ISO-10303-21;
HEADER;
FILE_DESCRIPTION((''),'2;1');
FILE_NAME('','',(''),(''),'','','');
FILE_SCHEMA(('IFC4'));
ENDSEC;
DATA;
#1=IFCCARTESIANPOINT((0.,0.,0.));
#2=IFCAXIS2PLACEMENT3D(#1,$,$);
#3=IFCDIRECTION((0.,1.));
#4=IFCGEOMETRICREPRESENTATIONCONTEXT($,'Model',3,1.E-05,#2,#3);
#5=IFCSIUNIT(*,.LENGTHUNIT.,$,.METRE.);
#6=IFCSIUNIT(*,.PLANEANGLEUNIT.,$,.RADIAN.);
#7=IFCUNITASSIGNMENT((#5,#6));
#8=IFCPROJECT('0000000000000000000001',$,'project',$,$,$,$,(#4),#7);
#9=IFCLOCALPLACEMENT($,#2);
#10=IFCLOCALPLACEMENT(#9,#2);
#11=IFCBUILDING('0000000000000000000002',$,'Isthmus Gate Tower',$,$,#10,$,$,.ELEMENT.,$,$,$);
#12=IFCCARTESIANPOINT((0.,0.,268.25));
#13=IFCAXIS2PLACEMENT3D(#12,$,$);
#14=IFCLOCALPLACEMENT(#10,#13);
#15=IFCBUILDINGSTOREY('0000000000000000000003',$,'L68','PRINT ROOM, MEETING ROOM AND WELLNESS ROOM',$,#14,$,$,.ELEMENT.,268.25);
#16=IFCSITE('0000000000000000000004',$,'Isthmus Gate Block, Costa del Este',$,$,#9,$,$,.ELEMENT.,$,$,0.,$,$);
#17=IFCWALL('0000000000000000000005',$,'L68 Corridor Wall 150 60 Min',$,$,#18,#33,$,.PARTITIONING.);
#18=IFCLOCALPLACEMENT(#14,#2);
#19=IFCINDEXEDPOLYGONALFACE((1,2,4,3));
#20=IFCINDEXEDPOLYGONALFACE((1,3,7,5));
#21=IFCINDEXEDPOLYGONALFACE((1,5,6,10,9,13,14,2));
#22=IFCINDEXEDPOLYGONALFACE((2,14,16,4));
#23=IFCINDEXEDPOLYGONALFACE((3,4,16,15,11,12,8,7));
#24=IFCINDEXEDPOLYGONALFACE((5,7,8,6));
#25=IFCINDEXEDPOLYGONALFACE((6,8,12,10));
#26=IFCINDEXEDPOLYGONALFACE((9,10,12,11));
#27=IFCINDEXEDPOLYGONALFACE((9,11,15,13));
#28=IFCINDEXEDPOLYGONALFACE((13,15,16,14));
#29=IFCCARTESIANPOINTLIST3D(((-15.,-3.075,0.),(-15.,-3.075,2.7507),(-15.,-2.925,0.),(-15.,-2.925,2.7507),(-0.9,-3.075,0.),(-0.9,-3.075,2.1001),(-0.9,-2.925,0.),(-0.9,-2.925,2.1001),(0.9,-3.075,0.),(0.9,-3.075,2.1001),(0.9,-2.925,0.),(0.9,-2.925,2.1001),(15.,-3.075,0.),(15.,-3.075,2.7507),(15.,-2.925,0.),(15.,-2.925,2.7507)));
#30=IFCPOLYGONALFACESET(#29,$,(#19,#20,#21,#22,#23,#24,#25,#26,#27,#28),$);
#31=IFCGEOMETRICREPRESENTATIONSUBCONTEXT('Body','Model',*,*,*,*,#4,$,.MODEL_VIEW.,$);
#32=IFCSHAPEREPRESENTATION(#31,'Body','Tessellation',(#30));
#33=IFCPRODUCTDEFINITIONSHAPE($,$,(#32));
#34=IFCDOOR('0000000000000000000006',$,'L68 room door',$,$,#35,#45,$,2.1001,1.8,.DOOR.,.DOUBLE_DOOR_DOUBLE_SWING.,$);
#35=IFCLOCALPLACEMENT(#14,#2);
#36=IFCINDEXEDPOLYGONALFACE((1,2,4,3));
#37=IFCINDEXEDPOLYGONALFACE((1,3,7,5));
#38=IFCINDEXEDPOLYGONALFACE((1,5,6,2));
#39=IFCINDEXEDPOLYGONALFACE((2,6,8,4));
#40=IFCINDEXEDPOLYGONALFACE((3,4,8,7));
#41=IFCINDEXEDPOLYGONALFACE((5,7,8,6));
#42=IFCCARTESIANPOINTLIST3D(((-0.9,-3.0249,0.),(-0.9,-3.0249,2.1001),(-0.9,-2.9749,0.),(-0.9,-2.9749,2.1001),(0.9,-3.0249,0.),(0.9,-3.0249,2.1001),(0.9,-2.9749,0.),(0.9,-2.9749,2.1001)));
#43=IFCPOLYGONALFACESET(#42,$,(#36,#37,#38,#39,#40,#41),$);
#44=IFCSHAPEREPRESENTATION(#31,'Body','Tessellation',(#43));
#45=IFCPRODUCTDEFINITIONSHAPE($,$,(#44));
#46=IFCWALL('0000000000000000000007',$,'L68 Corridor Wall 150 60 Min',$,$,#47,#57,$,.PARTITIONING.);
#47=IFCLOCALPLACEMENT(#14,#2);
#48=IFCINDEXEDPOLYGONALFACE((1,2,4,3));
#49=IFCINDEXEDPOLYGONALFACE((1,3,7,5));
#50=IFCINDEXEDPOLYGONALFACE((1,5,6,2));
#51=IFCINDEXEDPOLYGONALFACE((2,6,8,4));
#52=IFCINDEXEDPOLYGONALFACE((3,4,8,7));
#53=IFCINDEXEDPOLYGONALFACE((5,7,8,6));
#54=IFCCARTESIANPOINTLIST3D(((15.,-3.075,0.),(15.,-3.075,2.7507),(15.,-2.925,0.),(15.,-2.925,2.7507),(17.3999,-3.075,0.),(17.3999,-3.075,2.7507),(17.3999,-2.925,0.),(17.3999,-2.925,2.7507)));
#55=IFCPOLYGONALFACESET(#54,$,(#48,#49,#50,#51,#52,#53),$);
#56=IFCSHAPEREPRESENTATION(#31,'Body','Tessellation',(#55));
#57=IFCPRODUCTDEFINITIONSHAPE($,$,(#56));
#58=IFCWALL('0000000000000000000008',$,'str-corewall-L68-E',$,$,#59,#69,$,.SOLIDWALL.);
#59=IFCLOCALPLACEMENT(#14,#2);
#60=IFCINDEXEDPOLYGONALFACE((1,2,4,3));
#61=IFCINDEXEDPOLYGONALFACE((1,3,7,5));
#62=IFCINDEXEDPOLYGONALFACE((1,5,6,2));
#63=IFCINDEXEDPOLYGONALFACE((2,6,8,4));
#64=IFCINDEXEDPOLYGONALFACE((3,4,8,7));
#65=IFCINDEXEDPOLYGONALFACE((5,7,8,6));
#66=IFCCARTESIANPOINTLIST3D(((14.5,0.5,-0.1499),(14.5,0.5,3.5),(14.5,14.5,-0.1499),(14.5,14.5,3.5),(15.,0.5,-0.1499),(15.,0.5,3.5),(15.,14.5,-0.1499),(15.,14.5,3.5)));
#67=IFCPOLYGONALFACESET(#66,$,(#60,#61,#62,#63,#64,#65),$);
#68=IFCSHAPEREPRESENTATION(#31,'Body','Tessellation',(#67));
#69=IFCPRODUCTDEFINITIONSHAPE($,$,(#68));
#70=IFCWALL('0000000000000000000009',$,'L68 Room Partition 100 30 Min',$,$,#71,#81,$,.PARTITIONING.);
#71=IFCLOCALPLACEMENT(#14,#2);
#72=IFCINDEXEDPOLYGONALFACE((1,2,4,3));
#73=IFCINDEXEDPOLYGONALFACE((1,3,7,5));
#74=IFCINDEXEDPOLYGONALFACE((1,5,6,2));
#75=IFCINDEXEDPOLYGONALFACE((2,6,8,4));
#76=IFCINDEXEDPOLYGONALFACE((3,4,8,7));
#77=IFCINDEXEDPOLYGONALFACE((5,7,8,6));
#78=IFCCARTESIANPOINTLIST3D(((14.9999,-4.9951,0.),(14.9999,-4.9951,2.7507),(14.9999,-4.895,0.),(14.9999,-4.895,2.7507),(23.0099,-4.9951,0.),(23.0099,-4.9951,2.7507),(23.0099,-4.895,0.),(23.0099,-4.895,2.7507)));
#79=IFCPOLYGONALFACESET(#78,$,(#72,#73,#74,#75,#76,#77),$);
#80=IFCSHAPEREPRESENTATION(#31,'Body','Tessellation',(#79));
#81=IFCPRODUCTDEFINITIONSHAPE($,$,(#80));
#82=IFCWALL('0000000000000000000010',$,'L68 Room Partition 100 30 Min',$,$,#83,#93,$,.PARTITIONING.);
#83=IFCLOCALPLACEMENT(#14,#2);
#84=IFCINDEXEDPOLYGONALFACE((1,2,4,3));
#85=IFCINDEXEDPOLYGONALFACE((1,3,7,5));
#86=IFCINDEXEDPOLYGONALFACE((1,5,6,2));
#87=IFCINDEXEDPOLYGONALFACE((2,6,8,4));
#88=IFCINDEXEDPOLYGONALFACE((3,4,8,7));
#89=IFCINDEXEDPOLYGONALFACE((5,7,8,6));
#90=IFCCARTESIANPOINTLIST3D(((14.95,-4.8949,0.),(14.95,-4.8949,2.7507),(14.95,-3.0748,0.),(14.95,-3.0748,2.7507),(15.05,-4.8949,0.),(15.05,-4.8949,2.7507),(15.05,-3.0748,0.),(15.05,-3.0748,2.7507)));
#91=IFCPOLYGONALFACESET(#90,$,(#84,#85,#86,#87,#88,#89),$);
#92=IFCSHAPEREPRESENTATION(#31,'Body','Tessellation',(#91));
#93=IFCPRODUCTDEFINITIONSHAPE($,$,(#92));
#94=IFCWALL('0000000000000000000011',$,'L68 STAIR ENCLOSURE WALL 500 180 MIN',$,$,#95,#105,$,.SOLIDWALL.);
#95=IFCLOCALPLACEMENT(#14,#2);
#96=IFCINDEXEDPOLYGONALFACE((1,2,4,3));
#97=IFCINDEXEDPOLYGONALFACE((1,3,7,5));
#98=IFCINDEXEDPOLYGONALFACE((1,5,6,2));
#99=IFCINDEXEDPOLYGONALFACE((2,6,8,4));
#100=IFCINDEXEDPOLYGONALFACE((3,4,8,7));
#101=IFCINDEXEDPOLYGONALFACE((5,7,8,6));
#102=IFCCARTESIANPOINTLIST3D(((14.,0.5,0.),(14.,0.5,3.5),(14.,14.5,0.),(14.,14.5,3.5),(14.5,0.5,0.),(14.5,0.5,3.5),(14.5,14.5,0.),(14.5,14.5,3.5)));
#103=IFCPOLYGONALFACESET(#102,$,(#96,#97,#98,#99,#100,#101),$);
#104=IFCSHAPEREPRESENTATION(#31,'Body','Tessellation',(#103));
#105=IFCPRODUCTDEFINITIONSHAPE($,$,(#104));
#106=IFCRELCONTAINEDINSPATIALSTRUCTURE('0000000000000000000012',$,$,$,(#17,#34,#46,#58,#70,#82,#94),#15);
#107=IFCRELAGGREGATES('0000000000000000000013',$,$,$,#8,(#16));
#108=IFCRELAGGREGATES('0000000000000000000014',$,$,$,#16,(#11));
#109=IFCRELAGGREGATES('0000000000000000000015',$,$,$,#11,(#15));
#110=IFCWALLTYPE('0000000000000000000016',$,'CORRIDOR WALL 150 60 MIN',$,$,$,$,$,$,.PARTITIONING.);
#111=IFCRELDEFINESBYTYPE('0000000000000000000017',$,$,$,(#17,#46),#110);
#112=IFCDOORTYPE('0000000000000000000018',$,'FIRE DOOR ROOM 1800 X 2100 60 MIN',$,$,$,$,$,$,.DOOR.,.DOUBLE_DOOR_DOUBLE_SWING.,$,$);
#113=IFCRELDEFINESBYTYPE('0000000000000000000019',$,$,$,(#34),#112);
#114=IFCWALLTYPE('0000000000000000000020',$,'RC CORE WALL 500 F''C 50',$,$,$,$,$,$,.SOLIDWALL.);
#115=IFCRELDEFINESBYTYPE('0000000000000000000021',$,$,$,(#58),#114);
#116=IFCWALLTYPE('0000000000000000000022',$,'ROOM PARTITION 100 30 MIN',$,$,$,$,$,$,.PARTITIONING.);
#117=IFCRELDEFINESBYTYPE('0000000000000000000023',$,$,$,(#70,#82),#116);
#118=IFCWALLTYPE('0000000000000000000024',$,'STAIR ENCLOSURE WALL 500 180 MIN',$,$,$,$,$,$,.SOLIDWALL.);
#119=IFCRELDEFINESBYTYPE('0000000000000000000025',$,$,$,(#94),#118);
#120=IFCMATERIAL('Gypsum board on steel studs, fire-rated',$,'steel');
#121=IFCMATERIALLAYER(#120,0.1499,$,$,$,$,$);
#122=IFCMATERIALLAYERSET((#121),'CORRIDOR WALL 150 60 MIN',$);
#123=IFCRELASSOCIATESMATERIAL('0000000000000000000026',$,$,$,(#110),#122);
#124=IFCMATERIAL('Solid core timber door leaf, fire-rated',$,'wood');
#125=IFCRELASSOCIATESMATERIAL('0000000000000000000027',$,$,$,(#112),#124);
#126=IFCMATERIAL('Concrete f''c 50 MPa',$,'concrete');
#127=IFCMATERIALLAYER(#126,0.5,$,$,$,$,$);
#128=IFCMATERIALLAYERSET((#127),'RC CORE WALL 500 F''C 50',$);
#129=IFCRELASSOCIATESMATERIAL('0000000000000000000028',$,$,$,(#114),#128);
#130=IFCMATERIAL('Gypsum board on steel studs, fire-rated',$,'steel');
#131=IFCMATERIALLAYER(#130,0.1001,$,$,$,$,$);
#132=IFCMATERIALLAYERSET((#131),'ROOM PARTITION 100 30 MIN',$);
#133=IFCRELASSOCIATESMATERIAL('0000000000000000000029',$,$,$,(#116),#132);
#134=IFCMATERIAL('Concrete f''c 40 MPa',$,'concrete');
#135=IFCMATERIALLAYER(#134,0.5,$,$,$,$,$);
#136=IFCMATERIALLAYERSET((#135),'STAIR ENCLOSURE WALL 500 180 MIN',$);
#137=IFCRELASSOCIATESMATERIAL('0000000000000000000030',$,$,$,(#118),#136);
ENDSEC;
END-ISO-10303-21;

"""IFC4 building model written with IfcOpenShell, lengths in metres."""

from ifc_helpers import new_model, si_unit, direction, frame, frame_2d, origin, place, context, subcontext, project, spatial, rectangle, extrude, material, layer, layer_set, type_object, element, fill, save


model = new_model("IFC4")

# Units and contexts
model_context = context("Model", 3, precision=1e-05, world=origin(), true_north=direction((0.0, 1.0)))
body_context = subcontext(model_context, "Body", "Model", "MODEL_VIEW")
ifc_project = project(units=[si_unit("LENGTHUNIT", "METRE"), si_unit("PLANEANGLEUNIT", "RADIAN")], contexts=[model_context])

# Site, building, storey
site_placement = place(None, origin())
site = spatial("IfcSite", under=ifc_project, at=site_placement, Name="Isthmus Gate Block, Costa del Este", CompositionType="ELEMENT", RefElevation=0.0)
building_placement = place(site_placement, origin())
building = spatial("IfcBuilding", under=site, at=building_placement, Name="Isthmus Gate Tower", CompositionType="ELEMENT")
storey_placement = place(building_placement, frame((0.0, 0.0, 268.25)))
storey = spatial("IfcBuildingStorey", under=building, at=storey_placement, Name="L68", Description="PRINT ROOM, MEETING ROOM AND WELLNESS ROOM", CompositionType="ELEMENT", Elevation=268.25)

# Wall, opening, door
ifc_material_1 = material(Name="Gypsum board on steel studs, fire-rated", Category="steel")
ifc_layer_1 = layer(ifc_material_1, 0.1499)
ifc_layer_set_1 = layer_set([ifc_layer_1], Name="CORRIDOR WALL 150 60 MIN")
wall_type_1 = type_object("IfcWallType", Name="CORRIDOR WALL 150 60 MIN", PredefinedType="PARTITIONING", material=ifc_layer_set_1)
wall_1_placement = place(storey_placement, frame((15.0, -3.0, 0.0), z_axis=(0.0, 0.0, 1.0), x_axis=(-1.0, 0.0, 0.0)))
wall_1 = element("IfcWall", 1, at=wall_1_placement, inside=storey, type_object=wall_type_1, Name="L68 Corridor Wall 150 60 Min", PredefinedType="PARTITIONING", context=body_context, shape_type="SweptSolid", body=[
    extrude(rectangle(XDim=30.0, YDim=0.1499, at=frame_2d((15.0, 0.0))), origin(), (0.0, 0.0, 1.0), 2.7507),
])
opening_placement = place(wall_1_placement, frame((14.1001, 0.0, 0.0)))
opening = element("IfcOpeningElement", 2, at=opening_placement, cuts=wall_1, PredefinedType="OPENING", context=body_context, shape_type="SweptSolid", body=[
    extrude(rectangle(XDim=1.8, YDim=2.1001, at=frame_2d((0.8999, 1.05))), frame((0.0, 0.085, 0.0), z_axis=(0.0, -1.0, 0.0), x_axis=(1.0, 0.0, 0.0)), (0.0, 0.0, 1.0), 0.1699),
])
ifc_material_2 = material(Name="Solid core timber door leaf, fire-rated", Category="wood")
door_type = type_object("IfcDoorType", Name="FIRE DOOR ROOM 1800 X 2100 60 MIN", OperationType="DOUBLE_DOOR_DOUBLE_SWING", PredefinedType="DOOR", material=ifc_material_2)
door_placement = place(opening_placement, origin())
door = element("IfcDoor", 3, at=door_placement, inside=storey, type_object=door_type, Name="L68 room door", OperationType="DOUBLE_DOOR_DOUBLE_SWING", OverallHeight=2.1001, OverallWidth=1.8, PredefinedType="DOOR", context=body_context, shape_type="SweptSolid", body=[
    extrude(rectangle(XDim=1.8, YDim=2.1001, at=frame_2d((0.8999, 1.05))), frame((0.0, 0.0249, 0.0), z_axis=(0.0, -1.0, 0.0), x_axis=(1.0, 0.0, 0.0)), (0.0, 0.0, 1.0), 0.05),
])
fill(opening, door)

# Walls
wall_2_placement = place(storey_placement, frame((17.3999, -3.0, 0.0), z_axis=(0.0, 0.0, 1.0), x_axis=(-1.0, 0.0, 0.0)))
element("IfcWall", 4, at=wall_2_placement, inside=storey, type_object=wall_type_1, Name="L68 Corridor Wall 150 60 Min", PredefinedType="PARTITIONING", context=body_context, shape_type="SweptSolid", body=[
    extrude(rectangle(XDim=2.3999, YDim=0.1499, at=frame_2d((1.2, 0.0))), origin(), (0.0, 0.0, 1.0), 2.7507),
])
ifc_material_3 = material(Name="Concrete f'c 50 MPa", Category="concrete")
ifc_layer_2 = layer(ifc_material_3, 0.5)
ifc_layer_set_2 = layer_set([ifc_layer_2], Name="RC CORE WALL 500 F'C 50")
wall_type_2 = type_object("IfcWallType", Name="RC CORE WALL 500 F'C 50", PredefinedType="SOLIDWALL", material=ifc_layer_set_2)
wall_3_placement = place(storey_placement, frame((14.75, 0.5, -0.1499), z_axis=(0.0, 0.0, 1.0), x_axis=(0.0, 1.0, 0.0)))
element("IfcWall", 5, at=wall_3_placement, inside=storey, type_object=wall_type_2, Name="str-corewall-L68-E", PredefinedType="SOLIDWALL", context=body_context, shape_type="SweptSolid", body=[
    extrude(rectangle(XDim=14.0, YDim=0.5, at=frame_2d((7.0, 0.0))), origin(), (0.0, 0.0, 1.0), 3.6499),
])
ifc_material_4 = material(Name="Gypsum board on steel studs, fire-rated", Category="steel")
ifc_layer_3 = layer(ifc_material_4, 0.1001)
ifc_layer_set_3 = layer_set([ifc_layer_3], Name="ROOM PARTITION 100 30 MIN")
wall_type_3 = type_object("IfcWallType", Name="ROOM PARTITION 100 30 MIN", PredefinedType="PARTITIONING", material=ifc_layer_set_3)
wall_4_placement = place(storey_placement, frame((15.0, -4.9451, 0.0), z_axis=(0.0, 0.0, 1.0), x_axis=(1.0, 0.0, 0.0)))
element("IfcWall", 6, at=wall_4_placement, inside=storey, type_object=wall_type_3, Name="L68 Room Partition 100 30 Min", PredefinedType="PARTITIONING", context=body_context, shape_type="SweptSolid", body=[
    extrude(rectangle(XDim=8.01, YDim=0.1001, at=frame_2d((4.0049, 0.0))), origin(), (0.0, 0.0, 1.0), 2.7507),
])
wall_5_placement = place(storey_placement, frame((15.0, -4.895, 0.0), z_axis=(0.0, 0.0, 1.0), x_axis=(0.0, 1.0, 0.0)))
element("IfcWall", 7, at=wall_5_placement, inside=storey, type_object=wall_type_3, Name="L68 Room Partition 100 30 Min", PredefinedType="PARTITIONING", context=body_context, shape_type="SweptSolid", body=[
    extrude(rectangle(XDim=1.8201, YDim=0.1001, at=frame_2d((0.9102, 0.0))), origin(), (0.0, 0.0, 1.0), 2.7507),
])
ifc_material_5 = material(Name="Concrete f'c 40 MPa", Category="concrete")
ifc_layer_4 = layer(ifc_material_5, 0.5)
ifc_layer_set_4 = layer_set([ifc_layer_4], Name="STAIR ENCLOSURE WALL 500 180 MIN")
wall_type_4 = type_object("IfcWallType", Name="STAIR ENCLOSURE WALL 500 180 MIN", PredefinedType="SOLIDWALL", material=ifc_layer_set_4)
wall_6_placement = place(storey_placement, frame((14.25, 0.5, 0.0), z_axis=(0.0, 0.0, 1.0), x_axis=(0.0, 1.0, 0.0)))
element("IfcWall", 8, at=wall_6_placement, inside=storey, type_object=wall_type_4, Name="L68 STAIR ENCLOSURE WALL 500 180 MIN", PredefinedType="SOLIDWALL", context=body_context, shape_type="SweptSolid", body=[
    extrude(rectangle(XDim=14.0, YDim=0.5, at=frame_2d((7.0, 0.0))), origin(), (0.0, 0.0, 1.0), 3.5),
])

save(model, "model.ifc")
